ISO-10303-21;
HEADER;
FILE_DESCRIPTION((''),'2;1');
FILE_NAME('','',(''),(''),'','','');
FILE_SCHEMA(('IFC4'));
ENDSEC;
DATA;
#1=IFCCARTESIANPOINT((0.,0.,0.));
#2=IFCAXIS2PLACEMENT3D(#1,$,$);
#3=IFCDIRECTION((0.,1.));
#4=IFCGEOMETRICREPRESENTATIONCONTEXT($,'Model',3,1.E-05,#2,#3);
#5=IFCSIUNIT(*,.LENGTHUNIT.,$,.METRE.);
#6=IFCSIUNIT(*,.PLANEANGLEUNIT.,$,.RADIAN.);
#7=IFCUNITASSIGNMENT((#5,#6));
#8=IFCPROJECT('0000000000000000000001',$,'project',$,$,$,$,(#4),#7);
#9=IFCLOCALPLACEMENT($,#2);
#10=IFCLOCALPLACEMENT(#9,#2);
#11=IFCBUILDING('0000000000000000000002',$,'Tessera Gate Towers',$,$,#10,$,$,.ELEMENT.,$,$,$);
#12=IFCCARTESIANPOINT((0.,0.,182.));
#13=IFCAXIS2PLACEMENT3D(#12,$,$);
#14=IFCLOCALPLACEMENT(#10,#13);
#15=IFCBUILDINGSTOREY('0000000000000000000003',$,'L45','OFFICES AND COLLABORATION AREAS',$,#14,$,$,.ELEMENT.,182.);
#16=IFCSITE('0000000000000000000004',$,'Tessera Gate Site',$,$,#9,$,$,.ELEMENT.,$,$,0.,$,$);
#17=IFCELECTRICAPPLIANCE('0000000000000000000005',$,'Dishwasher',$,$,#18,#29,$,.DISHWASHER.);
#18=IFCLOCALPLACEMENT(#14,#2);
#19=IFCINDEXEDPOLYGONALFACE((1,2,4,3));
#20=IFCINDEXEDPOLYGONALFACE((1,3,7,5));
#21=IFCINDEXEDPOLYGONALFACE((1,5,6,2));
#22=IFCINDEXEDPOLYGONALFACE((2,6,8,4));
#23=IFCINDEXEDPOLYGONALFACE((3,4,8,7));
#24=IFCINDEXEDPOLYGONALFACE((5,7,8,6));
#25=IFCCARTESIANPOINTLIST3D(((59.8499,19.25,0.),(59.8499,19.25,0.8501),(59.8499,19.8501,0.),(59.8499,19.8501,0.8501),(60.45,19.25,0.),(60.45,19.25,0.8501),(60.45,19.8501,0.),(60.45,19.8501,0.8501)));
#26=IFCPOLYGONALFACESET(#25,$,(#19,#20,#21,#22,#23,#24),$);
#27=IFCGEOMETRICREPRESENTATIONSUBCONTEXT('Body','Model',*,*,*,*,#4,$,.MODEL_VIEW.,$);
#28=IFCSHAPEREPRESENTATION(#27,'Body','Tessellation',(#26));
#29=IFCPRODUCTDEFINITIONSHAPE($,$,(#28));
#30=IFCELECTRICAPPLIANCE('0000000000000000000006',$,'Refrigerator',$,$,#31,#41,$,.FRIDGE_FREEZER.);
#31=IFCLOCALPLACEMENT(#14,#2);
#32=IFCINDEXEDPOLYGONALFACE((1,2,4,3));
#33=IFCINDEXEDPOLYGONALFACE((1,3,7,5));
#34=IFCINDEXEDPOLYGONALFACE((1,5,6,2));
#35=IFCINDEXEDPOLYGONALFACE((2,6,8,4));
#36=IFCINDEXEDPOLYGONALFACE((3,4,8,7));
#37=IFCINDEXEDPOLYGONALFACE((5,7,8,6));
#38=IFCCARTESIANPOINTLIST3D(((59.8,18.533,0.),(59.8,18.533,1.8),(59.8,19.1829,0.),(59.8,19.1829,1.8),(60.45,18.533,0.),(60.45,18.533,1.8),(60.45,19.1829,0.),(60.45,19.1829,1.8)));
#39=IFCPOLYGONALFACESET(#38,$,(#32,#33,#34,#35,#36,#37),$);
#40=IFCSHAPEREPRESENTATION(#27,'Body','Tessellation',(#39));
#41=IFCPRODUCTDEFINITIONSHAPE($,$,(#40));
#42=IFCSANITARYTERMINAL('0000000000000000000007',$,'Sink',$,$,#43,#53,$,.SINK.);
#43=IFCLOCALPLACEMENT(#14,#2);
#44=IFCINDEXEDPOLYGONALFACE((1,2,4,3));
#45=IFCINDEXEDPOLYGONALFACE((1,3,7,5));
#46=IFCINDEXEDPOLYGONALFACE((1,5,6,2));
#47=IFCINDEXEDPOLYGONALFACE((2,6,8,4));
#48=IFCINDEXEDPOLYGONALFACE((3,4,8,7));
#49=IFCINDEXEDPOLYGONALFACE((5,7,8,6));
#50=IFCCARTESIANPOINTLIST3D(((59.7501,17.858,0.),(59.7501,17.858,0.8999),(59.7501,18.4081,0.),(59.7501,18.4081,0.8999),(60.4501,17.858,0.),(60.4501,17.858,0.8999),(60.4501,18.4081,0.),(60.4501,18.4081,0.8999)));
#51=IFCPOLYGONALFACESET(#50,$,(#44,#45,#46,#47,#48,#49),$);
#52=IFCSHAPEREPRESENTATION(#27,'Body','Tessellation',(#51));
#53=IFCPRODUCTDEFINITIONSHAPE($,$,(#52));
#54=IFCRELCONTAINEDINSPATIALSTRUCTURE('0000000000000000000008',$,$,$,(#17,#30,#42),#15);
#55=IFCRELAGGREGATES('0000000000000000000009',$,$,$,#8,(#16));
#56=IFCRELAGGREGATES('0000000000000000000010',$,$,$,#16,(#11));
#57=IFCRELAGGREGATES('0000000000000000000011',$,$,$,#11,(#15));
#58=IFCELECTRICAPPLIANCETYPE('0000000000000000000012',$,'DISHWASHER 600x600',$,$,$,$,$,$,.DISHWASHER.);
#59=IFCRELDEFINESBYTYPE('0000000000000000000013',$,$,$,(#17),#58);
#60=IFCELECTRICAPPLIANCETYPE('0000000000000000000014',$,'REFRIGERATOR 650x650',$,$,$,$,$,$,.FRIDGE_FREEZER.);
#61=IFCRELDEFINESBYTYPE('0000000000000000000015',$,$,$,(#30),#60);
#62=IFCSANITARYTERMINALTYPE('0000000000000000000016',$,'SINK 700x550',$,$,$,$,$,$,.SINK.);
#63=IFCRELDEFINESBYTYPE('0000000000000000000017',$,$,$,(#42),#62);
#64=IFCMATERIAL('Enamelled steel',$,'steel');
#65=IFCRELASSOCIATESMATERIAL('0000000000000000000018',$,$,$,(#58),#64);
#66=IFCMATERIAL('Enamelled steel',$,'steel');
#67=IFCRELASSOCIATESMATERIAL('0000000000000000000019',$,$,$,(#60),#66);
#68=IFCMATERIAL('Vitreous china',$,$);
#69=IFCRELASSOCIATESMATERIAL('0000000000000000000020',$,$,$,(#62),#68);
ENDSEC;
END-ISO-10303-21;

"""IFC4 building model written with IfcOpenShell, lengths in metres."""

from ifc_helpers import new_model, si_unit, direction, frame, origin, origin_2d, place, context, subcontext, project, spatial, rectangle, extrude, material, type_object, element, save


model = new_model("IFC4")

# Units and contexts
model_context = context("Model", 3, precision=1e-05, world=origin(), true_north=direction((0.0, 1.0)))
body_context = subcontext(model_context, "Body", "Model", "MODEL_VIEW")
ifc_project = project(units=[si_unit("LENGTHUNIT", "METRE"), si_unit("PLANEANGLEUNIT", "RADIAN")], contexts=[model_context])

# Site, building, storey
site_placement = place(None, origin())
site = spatial("IfcSite", under=ifc_project, at=site_placement, Name="Tessera Gate Site", CompositionType="ELEMENT", RefElevation=0.0)
building_placement = place(site_placement, origin())
building = spatial("IfcBuilding", under=site, at=building_placement, Name="Tessera Gate Towers", CompositionType="ELEMENT")
storey_placement = place(building_placement, frame((0.0, 0.0, 182.0)))
storey = spatial("IfcBuildingStorey", under=building, at=storey_placement, Name="L45", Description="OFFICES AND COLLABORATION AREAS", CompositionType="ELEMENT", Elevation=182.0)

# Electric appliances
ifc_material_1 = material(Name="Enamelled steel", Category="steel")
electric_appliance_type_1 = type_object("IfcElectricApplianceType", Name="DISHWASHER 600x600", PredefinedType="DISHWASHER", material=ifc_material_1)
electric_appliance_1_placement = place(storey_placement, frame((60.1499, 19.55, 0.0), z_axis=(0.0, 0.0, 1.0), x_axis=(1.0, 0.0, 0.0)))
element("IfcElectricAppliance", 1, at=electric_appliance_1_placement, inside=storey, type_object=electric_appliance_type_1, Name="Dishwasher", PredefinedType="DISHWASHER", context=body_context, shape_type="SweptSolid", body=[
    extrude(rectangle(XDim=0.6001, YDim=0.6001, at=origin_2d()), origin(), (0.0, 0.0, 1.0), 0.8501),
])
ifc_material_2 = material(Name="Enamelled steel", Category="steel")
electric_appliance_type_2 = type_object("IfcElectricApplianceType", Name="REFRIGERATOR 650x650", PredefinedType="FRIDGE_FREEZER", material=ifc_material_2)
electric_appliance_2_placement = place(storey_placement, frame((60.125, 18.8579, 0.0), z_axis=(0.0, 0.0, 1.0), x_axis=(1.0, 0.0, 0.0)))
element("IfcElectricAppliance", 2, at=electric_appliance_2_placement, inside=storey, type_object=electric_appliance_type_2, Name="Refrigerator", PredefinedType="FRIDGE_FREEZER", context=body_context, shape_type="SweptSolid", body=[
    extrude(rectangle(XDim=0.6499, YDim=0.6499, at=origin_2d()), origin(), (0.0, 0.0, 1.0), 1.8),
])

# Sanitary terminal
ifc_material_3 = material(Name="Vitreous china")
sanitary_terminal_type = type_object("IfcSanitaryTerminalType", Name="SINK 700x550", PredefinedType="SINK", material=ifc_material_3)
sanitary_terminal_placement = place(storey_placement, frame((60.1001, 18.1331, 0.0), z_axis=(0.0, 0.0, 1.0), x_axis=(1.0, 0.0, 0.0)))
element("IfcSanitaryTerminal", 3, at=sanitary_terminal_placement, inside=storey, type_object=sanitary_terminal_type, Name="Sink", PredefinedType="SINK", context=body_context, shape_type="SweptSolid", body=[
    extrude(rectangle(XDim=0.7, YDim=0.55, at=origin_2d()), origin(), (0.0, 0.0, 1.0), 0.8999),
])

save(model, "model.ifc")
